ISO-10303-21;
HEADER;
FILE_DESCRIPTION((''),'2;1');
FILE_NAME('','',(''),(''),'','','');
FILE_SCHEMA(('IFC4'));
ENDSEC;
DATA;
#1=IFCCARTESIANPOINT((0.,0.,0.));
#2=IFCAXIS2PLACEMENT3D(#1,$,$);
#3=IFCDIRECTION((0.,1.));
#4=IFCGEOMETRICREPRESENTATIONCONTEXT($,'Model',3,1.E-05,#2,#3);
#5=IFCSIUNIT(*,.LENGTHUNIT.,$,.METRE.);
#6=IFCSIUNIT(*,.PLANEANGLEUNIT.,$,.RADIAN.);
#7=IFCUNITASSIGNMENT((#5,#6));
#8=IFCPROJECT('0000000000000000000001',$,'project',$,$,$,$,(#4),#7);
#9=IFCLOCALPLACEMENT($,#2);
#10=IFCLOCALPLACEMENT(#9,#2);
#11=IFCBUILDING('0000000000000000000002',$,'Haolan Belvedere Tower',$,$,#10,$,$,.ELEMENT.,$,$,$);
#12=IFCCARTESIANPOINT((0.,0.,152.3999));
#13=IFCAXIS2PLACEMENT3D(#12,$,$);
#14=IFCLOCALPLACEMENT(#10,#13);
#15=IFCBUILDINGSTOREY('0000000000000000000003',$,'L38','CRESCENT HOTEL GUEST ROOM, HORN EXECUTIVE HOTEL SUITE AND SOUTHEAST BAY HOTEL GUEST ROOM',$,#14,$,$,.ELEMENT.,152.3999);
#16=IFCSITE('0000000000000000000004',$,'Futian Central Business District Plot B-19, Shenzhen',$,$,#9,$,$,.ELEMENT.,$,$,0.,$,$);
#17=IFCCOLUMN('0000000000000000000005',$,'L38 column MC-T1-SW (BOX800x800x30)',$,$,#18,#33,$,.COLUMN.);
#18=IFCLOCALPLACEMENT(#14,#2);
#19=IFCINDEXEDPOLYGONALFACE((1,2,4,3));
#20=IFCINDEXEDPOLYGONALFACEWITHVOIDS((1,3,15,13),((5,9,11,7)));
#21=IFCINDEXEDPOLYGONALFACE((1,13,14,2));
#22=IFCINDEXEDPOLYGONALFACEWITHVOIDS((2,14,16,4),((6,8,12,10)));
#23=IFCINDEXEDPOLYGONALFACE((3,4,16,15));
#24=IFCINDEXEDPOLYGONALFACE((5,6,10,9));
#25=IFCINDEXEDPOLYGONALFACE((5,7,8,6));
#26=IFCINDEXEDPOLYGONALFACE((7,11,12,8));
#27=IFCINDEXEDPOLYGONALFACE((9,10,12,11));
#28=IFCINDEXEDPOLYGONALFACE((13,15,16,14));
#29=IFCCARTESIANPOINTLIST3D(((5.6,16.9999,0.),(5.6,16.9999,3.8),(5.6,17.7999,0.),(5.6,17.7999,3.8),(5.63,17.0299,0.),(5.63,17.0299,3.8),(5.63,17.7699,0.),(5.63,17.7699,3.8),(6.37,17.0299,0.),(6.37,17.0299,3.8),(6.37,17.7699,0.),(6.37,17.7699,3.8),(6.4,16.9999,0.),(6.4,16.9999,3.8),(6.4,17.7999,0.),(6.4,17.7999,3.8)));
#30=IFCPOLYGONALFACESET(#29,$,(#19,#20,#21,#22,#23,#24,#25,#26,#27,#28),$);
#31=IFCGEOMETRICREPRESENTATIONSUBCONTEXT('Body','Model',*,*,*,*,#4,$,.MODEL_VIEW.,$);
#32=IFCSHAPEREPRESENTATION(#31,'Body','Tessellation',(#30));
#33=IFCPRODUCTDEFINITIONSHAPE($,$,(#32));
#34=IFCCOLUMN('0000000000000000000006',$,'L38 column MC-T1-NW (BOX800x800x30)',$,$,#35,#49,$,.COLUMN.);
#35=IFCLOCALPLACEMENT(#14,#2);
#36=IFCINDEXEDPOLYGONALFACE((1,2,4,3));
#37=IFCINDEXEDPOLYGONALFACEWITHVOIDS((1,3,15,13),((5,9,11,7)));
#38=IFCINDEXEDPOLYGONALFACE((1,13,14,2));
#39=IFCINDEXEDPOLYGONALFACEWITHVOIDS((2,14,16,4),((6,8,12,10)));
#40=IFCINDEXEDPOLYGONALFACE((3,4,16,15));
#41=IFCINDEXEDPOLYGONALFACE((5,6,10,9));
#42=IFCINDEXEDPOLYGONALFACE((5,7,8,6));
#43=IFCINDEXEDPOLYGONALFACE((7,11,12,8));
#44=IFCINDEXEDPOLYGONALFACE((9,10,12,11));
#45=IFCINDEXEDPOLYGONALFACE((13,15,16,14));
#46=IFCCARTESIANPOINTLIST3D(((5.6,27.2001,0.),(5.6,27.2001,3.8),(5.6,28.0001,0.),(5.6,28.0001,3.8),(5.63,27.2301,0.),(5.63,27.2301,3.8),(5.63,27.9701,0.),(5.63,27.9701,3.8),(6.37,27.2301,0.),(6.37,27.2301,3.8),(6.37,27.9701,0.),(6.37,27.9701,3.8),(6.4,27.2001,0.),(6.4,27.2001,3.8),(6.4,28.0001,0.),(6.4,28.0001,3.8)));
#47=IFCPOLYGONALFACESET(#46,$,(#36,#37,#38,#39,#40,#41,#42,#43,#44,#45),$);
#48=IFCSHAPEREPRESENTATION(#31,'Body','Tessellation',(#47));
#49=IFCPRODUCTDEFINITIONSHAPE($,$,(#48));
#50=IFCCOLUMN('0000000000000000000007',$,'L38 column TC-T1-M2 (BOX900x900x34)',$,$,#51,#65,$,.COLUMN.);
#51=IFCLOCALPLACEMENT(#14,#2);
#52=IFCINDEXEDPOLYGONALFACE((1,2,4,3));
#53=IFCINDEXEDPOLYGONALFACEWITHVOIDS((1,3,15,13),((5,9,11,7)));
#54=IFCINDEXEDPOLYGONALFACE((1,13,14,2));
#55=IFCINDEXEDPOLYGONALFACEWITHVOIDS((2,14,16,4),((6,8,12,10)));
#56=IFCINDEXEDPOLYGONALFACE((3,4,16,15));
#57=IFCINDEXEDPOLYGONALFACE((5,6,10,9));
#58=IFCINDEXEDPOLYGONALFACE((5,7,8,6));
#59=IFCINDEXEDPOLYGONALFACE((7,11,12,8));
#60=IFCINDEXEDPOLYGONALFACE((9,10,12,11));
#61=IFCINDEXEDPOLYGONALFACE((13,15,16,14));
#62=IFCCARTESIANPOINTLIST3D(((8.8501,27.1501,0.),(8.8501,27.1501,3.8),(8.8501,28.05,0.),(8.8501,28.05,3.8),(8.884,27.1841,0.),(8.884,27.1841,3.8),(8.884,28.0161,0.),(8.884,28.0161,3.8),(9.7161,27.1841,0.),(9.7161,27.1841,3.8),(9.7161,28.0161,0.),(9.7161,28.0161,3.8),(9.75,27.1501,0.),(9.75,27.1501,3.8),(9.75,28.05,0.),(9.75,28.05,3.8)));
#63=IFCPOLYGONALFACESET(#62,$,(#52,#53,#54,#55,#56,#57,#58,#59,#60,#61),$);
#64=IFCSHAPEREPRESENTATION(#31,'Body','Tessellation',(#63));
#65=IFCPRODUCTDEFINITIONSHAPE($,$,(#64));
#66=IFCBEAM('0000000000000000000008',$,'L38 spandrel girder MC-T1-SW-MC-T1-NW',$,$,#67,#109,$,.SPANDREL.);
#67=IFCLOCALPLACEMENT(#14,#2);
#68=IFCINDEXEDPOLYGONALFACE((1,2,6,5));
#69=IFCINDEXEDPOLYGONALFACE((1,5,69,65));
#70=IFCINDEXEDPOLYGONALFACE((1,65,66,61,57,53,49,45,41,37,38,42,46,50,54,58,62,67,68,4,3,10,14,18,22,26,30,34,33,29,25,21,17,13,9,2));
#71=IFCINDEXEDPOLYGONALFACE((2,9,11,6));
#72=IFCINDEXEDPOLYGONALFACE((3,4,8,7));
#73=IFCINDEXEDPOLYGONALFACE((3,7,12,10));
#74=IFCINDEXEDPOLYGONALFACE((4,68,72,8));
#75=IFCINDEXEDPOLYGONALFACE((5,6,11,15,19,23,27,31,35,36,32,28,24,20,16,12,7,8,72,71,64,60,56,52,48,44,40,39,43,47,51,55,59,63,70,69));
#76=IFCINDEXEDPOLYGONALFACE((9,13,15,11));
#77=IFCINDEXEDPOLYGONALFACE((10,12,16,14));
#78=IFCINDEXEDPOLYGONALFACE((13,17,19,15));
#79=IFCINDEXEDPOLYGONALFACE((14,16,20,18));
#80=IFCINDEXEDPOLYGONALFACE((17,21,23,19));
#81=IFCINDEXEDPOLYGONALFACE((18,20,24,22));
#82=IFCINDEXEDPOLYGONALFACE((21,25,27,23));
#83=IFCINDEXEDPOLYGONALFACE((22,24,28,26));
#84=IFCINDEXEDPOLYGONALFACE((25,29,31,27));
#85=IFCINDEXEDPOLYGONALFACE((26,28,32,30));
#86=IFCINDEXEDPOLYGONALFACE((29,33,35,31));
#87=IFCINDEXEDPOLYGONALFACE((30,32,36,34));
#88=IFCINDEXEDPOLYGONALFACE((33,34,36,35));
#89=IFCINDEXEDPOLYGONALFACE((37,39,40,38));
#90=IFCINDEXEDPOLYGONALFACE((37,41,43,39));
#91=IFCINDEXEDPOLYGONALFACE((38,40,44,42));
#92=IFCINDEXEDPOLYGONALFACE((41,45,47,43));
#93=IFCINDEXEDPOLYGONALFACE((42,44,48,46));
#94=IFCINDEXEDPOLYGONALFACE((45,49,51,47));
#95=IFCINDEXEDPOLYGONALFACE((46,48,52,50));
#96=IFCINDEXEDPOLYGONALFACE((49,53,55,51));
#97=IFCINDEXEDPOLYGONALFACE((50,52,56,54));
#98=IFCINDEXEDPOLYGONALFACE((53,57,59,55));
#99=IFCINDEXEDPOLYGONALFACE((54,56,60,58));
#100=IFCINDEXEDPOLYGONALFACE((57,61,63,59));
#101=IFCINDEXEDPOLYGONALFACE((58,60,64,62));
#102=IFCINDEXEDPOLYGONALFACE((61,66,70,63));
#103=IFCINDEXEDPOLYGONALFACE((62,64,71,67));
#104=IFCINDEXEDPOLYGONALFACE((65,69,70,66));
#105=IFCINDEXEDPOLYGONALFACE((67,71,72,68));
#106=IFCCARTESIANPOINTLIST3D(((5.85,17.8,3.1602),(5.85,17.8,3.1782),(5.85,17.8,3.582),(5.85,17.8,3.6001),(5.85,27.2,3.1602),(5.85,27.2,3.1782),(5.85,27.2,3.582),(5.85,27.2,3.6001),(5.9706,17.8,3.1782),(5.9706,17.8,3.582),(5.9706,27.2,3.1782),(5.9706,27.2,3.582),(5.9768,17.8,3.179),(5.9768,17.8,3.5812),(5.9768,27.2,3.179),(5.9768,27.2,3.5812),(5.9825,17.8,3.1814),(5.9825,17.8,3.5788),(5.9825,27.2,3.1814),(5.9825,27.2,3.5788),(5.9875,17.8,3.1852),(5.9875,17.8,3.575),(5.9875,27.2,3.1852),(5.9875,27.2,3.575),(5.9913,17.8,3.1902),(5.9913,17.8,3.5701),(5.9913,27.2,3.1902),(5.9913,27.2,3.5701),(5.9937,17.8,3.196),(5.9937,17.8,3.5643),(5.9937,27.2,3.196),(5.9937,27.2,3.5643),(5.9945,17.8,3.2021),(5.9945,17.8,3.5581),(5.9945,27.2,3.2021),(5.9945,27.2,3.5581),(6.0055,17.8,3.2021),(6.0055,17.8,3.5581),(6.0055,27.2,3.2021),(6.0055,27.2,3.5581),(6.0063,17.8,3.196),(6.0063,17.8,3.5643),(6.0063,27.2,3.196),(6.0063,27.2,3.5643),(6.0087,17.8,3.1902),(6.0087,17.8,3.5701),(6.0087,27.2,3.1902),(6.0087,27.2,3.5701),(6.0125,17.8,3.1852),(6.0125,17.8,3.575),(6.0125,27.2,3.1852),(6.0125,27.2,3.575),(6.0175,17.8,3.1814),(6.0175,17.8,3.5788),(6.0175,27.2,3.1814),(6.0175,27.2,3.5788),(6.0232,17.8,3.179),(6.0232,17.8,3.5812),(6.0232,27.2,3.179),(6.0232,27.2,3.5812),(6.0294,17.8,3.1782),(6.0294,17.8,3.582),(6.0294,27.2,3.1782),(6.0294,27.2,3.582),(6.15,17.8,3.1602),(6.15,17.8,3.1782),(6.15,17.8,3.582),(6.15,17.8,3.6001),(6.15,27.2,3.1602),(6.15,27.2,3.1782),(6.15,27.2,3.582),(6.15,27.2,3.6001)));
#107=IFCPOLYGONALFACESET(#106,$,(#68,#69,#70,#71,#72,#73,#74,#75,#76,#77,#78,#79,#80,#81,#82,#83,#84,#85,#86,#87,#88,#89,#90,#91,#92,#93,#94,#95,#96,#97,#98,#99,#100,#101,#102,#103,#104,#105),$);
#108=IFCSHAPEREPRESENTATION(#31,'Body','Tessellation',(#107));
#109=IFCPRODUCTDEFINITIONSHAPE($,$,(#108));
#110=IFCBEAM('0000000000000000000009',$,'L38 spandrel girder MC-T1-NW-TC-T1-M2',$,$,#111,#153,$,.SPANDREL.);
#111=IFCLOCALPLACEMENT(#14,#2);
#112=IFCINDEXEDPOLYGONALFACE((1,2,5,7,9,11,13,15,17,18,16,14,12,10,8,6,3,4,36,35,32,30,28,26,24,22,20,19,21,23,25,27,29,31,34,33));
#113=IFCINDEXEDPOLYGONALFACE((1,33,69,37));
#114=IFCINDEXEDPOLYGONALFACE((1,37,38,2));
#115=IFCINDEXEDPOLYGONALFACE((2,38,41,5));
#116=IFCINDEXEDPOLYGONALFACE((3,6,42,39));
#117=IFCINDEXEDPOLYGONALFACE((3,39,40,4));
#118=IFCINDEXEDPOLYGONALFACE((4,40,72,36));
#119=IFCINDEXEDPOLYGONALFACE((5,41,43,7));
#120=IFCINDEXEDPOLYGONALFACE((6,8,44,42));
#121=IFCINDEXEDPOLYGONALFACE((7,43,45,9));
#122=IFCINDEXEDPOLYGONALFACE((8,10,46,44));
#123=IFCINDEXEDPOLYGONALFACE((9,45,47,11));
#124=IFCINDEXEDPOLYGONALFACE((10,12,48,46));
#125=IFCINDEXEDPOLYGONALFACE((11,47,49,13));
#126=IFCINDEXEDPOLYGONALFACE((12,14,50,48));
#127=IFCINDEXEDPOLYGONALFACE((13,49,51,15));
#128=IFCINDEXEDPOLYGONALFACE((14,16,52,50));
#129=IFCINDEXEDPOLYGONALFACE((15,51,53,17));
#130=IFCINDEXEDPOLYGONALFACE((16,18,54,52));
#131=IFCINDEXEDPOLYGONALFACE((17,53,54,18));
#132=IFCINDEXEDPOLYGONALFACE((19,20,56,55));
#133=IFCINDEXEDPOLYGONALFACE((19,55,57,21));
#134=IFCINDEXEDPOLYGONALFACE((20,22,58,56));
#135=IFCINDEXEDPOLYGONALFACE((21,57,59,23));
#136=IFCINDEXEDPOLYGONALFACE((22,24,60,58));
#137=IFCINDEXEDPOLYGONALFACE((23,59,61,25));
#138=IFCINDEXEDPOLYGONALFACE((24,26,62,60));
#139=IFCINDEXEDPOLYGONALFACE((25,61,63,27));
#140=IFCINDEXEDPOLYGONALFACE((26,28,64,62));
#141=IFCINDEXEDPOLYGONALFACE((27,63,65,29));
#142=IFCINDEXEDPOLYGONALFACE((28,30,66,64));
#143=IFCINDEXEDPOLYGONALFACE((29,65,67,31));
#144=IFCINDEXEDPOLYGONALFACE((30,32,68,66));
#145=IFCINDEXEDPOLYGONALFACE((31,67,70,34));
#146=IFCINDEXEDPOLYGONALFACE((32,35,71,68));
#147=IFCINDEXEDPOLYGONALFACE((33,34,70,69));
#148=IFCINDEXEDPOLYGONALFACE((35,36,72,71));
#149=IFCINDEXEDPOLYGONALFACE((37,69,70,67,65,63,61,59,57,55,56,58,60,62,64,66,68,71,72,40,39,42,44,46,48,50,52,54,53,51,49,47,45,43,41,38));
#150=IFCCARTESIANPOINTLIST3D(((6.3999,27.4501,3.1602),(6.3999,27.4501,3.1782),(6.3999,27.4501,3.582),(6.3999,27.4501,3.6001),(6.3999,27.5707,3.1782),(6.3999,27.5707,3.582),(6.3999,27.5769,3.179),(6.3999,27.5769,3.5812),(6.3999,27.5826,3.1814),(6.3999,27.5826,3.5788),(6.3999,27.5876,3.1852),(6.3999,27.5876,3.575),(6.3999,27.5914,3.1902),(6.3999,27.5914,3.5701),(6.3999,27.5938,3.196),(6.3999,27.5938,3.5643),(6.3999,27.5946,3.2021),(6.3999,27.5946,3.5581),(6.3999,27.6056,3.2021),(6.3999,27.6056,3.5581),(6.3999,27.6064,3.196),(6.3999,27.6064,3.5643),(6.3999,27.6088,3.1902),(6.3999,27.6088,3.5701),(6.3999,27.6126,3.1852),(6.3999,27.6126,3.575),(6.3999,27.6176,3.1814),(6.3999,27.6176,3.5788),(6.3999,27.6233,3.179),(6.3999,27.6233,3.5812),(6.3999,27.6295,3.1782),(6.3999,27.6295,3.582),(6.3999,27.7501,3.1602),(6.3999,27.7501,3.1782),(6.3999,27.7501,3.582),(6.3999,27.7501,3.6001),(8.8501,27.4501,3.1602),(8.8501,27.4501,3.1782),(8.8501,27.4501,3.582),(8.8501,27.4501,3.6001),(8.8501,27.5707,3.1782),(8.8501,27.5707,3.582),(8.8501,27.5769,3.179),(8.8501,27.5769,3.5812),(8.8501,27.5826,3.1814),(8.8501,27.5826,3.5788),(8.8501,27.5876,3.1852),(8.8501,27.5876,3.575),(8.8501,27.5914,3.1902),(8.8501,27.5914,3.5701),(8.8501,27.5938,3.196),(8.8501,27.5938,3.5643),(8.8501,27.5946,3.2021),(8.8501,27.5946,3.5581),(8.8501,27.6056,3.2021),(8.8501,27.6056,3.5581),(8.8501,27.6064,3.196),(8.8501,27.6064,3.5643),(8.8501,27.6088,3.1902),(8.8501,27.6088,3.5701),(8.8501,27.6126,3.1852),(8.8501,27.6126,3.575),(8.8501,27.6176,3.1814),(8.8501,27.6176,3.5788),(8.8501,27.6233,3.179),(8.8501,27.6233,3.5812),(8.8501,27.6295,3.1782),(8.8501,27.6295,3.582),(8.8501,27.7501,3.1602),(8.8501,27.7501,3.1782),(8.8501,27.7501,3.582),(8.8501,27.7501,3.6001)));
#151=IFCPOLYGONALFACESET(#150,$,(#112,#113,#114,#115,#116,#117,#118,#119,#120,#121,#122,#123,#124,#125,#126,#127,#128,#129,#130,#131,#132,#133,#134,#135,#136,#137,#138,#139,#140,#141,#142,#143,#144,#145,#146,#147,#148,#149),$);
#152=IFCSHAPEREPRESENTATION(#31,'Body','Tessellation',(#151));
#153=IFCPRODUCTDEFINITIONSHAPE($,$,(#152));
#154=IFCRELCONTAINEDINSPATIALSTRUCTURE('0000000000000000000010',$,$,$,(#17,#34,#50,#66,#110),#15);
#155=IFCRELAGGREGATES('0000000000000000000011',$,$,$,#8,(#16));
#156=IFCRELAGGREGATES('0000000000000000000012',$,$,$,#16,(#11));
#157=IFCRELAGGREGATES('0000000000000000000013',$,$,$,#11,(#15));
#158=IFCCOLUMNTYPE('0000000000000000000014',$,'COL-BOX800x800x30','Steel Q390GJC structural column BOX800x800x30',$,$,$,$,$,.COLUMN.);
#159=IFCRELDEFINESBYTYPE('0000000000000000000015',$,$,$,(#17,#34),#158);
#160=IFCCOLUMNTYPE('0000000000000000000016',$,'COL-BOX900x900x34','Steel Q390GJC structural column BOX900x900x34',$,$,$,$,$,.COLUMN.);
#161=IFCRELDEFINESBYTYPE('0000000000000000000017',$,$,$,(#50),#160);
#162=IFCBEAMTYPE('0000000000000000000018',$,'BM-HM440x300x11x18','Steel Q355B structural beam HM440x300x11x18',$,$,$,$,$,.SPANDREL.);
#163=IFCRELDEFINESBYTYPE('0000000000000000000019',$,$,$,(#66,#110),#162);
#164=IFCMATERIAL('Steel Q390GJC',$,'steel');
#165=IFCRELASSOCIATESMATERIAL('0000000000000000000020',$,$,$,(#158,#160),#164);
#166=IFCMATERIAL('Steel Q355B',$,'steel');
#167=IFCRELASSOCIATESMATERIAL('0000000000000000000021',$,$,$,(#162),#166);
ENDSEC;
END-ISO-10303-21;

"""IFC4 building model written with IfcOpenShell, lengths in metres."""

from ifc_helpers import new_model, si_unit, direction, frame, origin, origin_2d, place, context, subcontext, project, spatial, hollow_rectangle, i_section, extrude, material, material_profile, profile_set, type_object, element, save


model = new_model("IFC4")

# Units and contexts
model_context = context("Model", 3, precision=1e-05, world=origin(), true_north=direction((0.0, 1.0)))
body_context = subcontext(model_context, "Body", "Model", "MODEL_VIEW")
ifc_project = project(units=[si_unit("LENGTHUNIT", "METRE"), si_unit("PLANEANGLEUNIT", "RADIAN")], contexts=[model_context])

# Site, building, storey
site_placement = place(None, origin())
site = spatial("IfcSite", under=ifc_project, at=site_placement, Name="Futian Central Business District Plot B-19, Shenzhen", CompositionType="ELEMENT", RefElevation=0.0)
building_placement = place(site_placement, origin())
building = spatial("IfcBuilding", under=site, at=building_placement, Name="Haolan Belvedere Tower", CompositionType="ELEMENT")
storey_placement = place(building_placement, frame((0.0, 0.0, 152.3999)))
storey = spatial("IfcBuildingStorey", under=building, at=storey_placement, Name="L38", Description="CRESCENT HOTEL GUEST ROOM, HORN EXECUTIVE HOTEL SUITE AND SOUTHEAST BAY HOTEL GUEST ROOM", CompositionType="ELEMENT", Elevation=152.3999)

# Columns
ifc_material_1 = material(Name="Steel Q390GJC", Category="steel")
ifc_material_profile_1 = material_profile(ifc_material_1, hollow_rectangle(XDim=0.8, YDim=0.8, WallThickness=0.03, at=origin_2d()), Name="Steel Q390GJC")
ifc_profile_set_1 = profile_set([ifc_material_profile_1], Name="Steel Q390GJC")
column_type_1 = type_object("IfcColumnType", Name="COL-BOX800x800x30", Description="Steel Q390GJC structural column BOX800x800x30", PredefinedType="COLUMN", material=ifc_profile_set_1)
for number, where, z_axis, x_axis, name in (
    (1, (6.0, 17.3999, 0.0), (0.0, 0.0, 1.0), (1.0, 0.0, 0.0), "L38 column MC-T1-SW (BOX800x800x30)"),
    (2, (6.0, 27.6001, 0.0), (0.0, 0.0, 1.0), (1.0, 0.0, 0.0), "L38 column MC-T1-NW (BOX800x800x30)"),
):
    element("IfcColumn", number, at=place(storey_placement, frame(where, z_axis=z_axis, x_axis=x_axis)), inside=storey, type_object=column_type_1, Name=name, PredefinedType="COLUMN", context=body_context, shape_type="SweptSolid", body=[
        extrude(hollow_rectangle(XDim=0.8, YDim=0.8, WallThickness=0.03, at=origin_2d()), origin(), (0.0, 0.0, 1.0), 3.8),
    ])
ifc_material_profile_2 = material_profile(ifc_material_1, hollow_rectangle(XDim=0.8999, YDim=0.8999, WallThickness=0.0339, at=origin_2d()), Name="Steel Q390GJC")
ifc_profile_set_2 = profile_set([ifc_material_profile_2], Name="Steel Q390GJC")
column_type_2 = type_object("IfcColumnType", Name="COL-BOX900x900x34", Description="Steel Q390GJC structural column BOX900x900x34", PredefinedType="COLUMN", material=ifc_profile_set_2)
column_placement = place(storey_placement, frame((9.3, 27.6001, 0.0), z_axis=(0.0, 0.0, 1.0), x_axis=(1.0, 0.0, 0.0)))
element("IfcColumn", 3, at=column_placement, inside=storey, type_object=column_type_2, Name="L38 column TC-T1-M2 (BOX900x900x34)", PredefinedType="COLUMN", context=body_context, shape_type="SweptSolid", body=[
    extrude(hollow_rectangle(XDim=0.8999, YDim=0.8999, WallThickness=0.0339, at=origin_2d()), origin(), (0.0, 0.0, 1.0), 3.8),
])

# Beams
ifc_material_2 = material(Name="Steel Q355B", Category="steel")
ifc_material_profile_3 = material_profile(ifc_material_2, i_section(OverallWidth=0.3, OverallDepth=0.4399, WebThickness=0.011, FlangeThickness=0.0181, FilletRadius=0.0239, at=origin_2d()), Name="Steel Q355B")
ifc_profile_set_3 = profile_set([ifc_material_profile_3], Name="Steel Q355B")
beam_type = type_object("IfcBeamType", Name="BM-HM440x300x11x18", Description="Steel Q355B structural beam HM440x300x11x18", PredefinedType="SPANDREL", material=ifc_profile_set_3)
beam_1_placement = place(storey_placement, frame((6.0, 17.8, 3.3801), z_axis=(0.0, 1.0, 0.0), x_axis=(-1.0, 0.0, 0.0)))
element("IfcBeam", 4, at=beam_1_placement, inside=storey, type_object=beam_type, Name="L38 spandrel girder MC-T1-SW-MC-T1-NW", PredefinedType="SPANDREL", context=body_context, shape_type="SweptSolid", body=[
    extrude(i_section(OverallWidth=0.3, OverallDepth=0.4399, WebThickness=0.011, FlangeThickness=0.0181, FilletRadius=0.0239, at=origin_2d()), origin(), (0.0, 0.0, 1.0), 9.3999),
])
beam_2_placement = place(storey_placement, frame((6.3999, 27.6001, 3.3801), z_axis=(1.0, 0.0, 0.0), x_axis=(0.0, 1.0, 0.0)))
element("IfcBeam", 5, at=beam_2_placement, inside=storey, type_object=beam_type, Name="L38 spandrel girder MC-T1-NW-TC-T1-M2", PredefinedType="SPANDREL", context=body_context, shape_type="SweptSolid", body=[
    extrude(i_section(OverallWidth=0.3, OverallDepth=0.4399, WebThickness=0.011, FlangeThickness=0.0181, FilletRadius=0.0239, at=origin_2d()), origin(), (0.0, 0.0, 1.0), 2.4502),
])

save(model, "model.ifc")
